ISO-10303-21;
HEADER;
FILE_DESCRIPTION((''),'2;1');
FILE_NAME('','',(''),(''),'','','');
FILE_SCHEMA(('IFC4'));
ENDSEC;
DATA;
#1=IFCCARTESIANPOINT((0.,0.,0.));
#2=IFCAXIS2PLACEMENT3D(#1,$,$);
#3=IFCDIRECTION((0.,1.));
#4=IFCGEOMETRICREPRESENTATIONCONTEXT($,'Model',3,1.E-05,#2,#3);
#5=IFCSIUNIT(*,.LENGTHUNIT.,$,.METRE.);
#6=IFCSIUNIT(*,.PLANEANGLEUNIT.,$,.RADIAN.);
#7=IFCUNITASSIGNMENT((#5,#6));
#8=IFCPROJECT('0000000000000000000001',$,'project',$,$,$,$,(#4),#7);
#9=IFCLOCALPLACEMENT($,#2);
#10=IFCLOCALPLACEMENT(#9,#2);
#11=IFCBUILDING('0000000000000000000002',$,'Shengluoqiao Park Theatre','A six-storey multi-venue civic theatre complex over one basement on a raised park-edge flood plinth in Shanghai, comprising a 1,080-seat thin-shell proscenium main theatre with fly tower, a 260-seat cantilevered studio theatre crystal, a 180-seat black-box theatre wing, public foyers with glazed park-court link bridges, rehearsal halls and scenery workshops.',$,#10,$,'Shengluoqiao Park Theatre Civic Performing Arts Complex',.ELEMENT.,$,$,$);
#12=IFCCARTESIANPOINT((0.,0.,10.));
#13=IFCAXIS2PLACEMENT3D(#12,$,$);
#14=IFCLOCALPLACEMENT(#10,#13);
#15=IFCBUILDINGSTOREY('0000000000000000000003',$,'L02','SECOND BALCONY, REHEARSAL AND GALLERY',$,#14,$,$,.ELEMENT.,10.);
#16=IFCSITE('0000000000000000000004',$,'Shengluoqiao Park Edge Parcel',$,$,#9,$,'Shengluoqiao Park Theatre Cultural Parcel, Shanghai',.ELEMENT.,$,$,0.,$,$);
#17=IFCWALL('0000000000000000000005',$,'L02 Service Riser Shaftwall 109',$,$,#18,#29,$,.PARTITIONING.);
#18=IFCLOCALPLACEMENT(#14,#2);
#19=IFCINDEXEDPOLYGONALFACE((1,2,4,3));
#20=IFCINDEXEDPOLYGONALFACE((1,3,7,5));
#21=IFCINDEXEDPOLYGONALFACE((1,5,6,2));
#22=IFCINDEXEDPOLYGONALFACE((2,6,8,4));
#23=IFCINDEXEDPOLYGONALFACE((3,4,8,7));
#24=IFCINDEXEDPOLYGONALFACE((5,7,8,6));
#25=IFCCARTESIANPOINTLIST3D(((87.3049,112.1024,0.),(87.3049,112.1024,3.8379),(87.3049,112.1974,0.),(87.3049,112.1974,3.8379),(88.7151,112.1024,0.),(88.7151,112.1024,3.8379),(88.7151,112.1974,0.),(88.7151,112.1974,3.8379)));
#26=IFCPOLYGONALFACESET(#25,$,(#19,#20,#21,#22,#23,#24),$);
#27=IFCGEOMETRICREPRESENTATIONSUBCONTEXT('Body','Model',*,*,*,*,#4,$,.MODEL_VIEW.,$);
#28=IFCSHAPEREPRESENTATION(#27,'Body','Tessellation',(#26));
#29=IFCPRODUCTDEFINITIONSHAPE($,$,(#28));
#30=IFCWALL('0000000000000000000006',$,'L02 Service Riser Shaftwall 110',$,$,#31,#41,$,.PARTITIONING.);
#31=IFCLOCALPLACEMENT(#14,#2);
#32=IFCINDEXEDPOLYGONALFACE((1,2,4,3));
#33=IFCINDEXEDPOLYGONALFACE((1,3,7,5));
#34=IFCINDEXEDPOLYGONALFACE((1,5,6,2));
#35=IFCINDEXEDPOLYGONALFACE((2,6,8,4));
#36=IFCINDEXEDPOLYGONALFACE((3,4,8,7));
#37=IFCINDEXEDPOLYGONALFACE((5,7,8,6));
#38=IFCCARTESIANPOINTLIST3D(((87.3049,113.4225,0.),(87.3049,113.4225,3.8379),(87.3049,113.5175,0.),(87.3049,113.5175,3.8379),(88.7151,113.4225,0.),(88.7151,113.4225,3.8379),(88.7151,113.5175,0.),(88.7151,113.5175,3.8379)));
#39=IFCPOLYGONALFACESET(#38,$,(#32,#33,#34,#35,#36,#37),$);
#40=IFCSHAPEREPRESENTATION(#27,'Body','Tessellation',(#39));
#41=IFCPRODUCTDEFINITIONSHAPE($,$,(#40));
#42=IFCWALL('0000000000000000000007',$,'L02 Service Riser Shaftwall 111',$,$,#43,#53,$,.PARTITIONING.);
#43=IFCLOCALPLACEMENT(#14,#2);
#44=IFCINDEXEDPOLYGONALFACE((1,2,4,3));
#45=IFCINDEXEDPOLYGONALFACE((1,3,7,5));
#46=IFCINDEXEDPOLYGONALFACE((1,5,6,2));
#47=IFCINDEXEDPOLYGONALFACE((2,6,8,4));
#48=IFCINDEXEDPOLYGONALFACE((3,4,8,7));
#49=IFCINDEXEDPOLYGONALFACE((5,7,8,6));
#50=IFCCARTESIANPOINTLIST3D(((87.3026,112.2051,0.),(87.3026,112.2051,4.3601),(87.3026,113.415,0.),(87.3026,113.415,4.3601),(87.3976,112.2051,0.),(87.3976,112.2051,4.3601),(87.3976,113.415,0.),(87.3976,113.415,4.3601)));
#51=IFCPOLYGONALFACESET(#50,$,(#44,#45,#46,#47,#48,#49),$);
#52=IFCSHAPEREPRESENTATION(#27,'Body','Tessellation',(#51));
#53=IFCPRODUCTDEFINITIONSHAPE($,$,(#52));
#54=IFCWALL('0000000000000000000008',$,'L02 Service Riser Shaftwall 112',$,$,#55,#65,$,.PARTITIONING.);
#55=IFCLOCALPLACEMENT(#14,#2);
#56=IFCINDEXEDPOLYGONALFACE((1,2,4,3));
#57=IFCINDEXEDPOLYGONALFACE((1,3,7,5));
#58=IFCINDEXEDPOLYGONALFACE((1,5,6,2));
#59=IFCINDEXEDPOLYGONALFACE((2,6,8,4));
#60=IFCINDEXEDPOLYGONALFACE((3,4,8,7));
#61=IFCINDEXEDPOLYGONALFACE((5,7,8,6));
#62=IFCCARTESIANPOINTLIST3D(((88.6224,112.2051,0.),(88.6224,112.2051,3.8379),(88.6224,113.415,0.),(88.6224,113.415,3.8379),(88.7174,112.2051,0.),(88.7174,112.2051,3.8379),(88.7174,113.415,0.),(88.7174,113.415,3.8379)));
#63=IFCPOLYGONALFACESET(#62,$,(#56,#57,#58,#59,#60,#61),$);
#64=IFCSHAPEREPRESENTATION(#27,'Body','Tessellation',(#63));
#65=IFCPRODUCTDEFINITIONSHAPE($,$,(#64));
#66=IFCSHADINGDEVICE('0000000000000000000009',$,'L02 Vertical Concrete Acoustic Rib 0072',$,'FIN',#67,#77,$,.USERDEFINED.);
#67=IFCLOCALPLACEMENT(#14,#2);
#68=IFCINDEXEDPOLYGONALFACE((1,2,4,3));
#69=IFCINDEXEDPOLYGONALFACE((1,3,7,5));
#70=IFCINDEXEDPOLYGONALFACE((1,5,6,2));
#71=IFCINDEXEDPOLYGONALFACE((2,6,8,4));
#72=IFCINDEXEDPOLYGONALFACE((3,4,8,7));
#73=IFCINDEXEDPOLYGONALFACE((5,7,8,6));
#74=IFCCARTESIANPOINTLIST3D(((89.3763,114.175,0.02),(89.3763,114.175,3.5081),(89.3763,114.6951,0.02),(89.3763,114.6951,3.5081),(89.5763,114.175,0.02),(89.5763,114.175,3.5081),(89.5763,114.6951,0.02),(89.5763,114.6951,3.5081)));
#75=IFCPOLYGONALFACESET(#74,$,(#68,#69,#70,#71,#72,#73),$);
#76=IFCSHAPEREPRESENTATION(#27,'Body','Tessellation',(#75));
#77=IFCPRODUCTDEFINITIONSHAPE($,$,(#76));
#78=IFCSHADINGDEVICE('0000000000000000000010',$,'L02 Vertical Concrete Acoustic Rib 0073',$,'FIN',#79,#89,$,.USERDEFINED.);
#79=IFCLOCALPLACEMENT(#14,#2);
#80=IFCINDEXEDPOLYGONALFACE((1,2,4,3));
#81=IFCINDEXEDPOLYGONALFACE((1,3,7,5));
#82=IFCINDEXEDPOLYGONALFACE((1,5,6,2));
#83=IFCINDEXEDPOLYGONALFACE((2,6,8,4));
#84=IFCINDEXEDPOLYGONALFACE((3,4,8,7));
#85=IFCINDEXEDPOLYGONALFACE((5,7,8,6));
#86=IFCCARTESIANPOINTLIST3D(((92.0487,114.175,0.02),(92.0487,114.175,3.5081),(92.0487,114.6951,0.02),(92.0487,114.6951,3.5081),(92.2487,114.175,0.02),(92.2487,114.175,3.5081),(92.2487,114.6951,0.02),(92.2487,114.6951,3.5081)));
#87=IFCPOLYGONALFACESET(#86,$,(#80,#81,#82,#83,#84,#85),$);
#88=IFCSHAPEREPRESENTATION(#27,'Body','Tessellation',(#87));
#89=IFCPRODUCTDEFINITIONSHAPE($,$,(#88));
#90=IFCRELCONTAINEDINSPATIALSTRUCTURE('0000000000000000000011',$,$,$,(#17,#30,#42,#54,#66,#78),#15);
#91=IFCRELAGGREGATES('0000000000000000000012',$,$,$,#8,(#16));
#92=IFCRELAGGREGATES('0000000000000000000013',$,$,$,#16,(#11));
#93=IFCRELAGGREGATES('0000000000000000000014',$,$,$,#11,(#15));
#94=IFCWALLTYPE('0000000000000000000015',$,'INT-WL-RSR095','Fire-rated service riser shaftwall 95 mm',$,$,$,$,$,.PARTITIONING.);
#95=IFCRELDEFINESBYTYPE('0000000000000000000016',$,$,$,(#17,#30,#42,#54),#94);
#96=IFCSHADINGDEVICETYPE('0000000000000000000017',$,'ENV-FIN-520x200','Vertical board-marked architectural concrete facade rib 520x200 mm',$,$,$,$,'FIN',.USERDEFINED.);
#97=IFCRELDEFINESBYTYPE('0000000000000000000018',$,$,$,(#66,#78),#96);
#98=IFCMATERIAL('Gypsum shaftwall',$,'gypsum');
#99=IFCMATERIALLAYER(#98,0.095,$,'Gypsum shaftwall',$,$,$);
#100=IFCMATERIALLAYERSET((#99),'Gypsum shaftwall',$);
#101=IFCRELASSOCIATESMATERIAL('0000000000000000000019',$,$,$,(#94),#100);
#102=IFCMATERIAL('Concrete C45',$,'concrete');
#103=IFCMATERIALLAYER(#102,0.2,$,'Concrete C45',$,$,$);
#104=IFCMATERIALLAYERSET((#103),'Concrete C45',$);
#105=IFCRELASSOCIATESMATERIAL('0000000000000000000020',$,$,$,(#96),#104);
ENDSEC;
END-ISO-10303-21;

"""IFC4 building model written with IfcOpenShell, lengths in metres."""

from ifc_helpers import new_model, si_unit, direction, frame, frame_2d, origin, origin_2d, place, context, subcontext, project, spatial, rectangle, extrude, material, layer, layer_set, type_object, element, save


model = new_model("IFC4")

# Units and contexts
model_context = context("Model", 3, precision=1e-05, world=origin(), true_north=direction((0.0, 1.0)))
body_context = subcontext(model_context, "Body", "Model", "MODEL_VIEW")
ifc_project = project(units=[si_unit("LENGTHUNIT", "METRE"), si_unit("PLANEANGLEUNIT", "RADIAN")], contexts=[model_context])

# Site, building, storey
site_placement = place(None, origin())
site = spatial("IfcSite", under=ifc_project, at=site_placement, Name="Shengluoqiao Park Edge Parcel", LongName="Shengluoqiao Park Theatre Cultural Parcel, Shanghai", CompositionType="ELEMENT", RefElevation=0.0)
building_placement = place(site_placement, origin())
building = spatial("IfcBuilding", under=site, at=building_placement, Name="Shengluoqiao Park Theatre", Description="A six-storey multi-venue civic theatre complex over one basement on a raised park-edge flood plinth in Shanghai, comprising a 1,080-seat thin-shell proscenium main theatre with fly tower, a 260-seat cantilevered studio theatre crystal, a 180-seat black-box theatre wing, public foyers with glazed park-court link bridges, rehearsal halls and scenery workshops.", LongName="Shengluoqiao Park Theatre Civic Performing Arts Complex", CompositionType="ELEMENT")
storey_placement = place(building_placement, frame((0.0, 0.0, 10.0)))
storey = spatial("IfcBuildingStorey", under=building, at=storey_placement, Name="L02", Description="SECOND BALCONY, REHEARSAL AND GALLERY", CompositionType="ELEMENT", Elevation=10.0)

# Walls
ifc_material_1 = material(Name="Concrete C45", Category="concrete")
ifc_material_2 = material(Name="Gypsum shaftwall", Category="gypsum")
ifc_layer_1 = layer(ifc_material_2, 0.095, Name="Gypsum shaftwall")
ifc_layer_set_1 = layer_set([ifc_layer_1], Name="Gypsum shaftwall")
wall_type_1 = type_object("IfcWallType", Name="INT-WL-RSR095", Description="Fire-rated service riser shaftwall 95 mm", PredefinedType="PARTITIONING", material=ifc_layer_set_1)
for number, where, z_axis, x_axis, name in (
    (1, (87.3049, 112.1499, 0.0), (0.0, 0.0, 1.0), (1.0, 0.0, 0.0), "L02 Service Riser Shaftwall 109"),
    (2, (87.3049, 113.47, 0.0), (0.0, 0.0, 1.0), (1.0, 0.0, 0.0), "L02 Service Riser Shaftwall 110"),
):
    element("IfcWall", number, at=place(storey_placement, frame(where, z_axis=z_axis, x_axis=x_axis)), inside=storey, type_object=wall_type_1, Name=name, PredefinedType="PARTITIONING", context=body_context, shape_type="SweptSolid", body=[
        extrude(rectangle(XDim=1.4102, YDim=0.095, at=frame_2d((0.7051, 0.0))), origin(), (0.0, 0.0, 1.0), 3.8379),
    ])
wall_1_placement = place(storey_placement, frame((87.3501, 112.2051, 0.0), z_axis=(0.0, 0.0, 1.0), x_axis=(0.0, 1.0, 0.0)))
element("IfcWall", 3, at=wall_1_placement, inside=storey, type_object=wall_type_1, Name="L02 Service Riser Shaftwall 111", PredefinedType="PARTITIONING", context=body_context, shape_type="SweptSolid", body=[
    extrude(rectangle(XDim=1.21, YDim=0.095, at=frame_2d((0.605, 0.0))), origin(), (0.0, 0.0, 1.0), 4.3601),
])
wall_2_placement = place(storey_placement, frame((88.6699, 112.2051, 0.0), z_axis=(0.0, 0.0, 1.0), x_axis=(0.0, 1.0, 0.0)))
element("IfcWall", 4, at=wall_2_placement, inside=storey, type_object=wall_type_1, Name="L02 Service Riser Shaftwall 112", PredefinedType="PARTITIONING", context=body_context, shape_type="SweptSolid", body=[
    extrude(rectangle(XDim=1.21, YDim=0.095, at=frame_2d((0.605, 0.0))), origin(), (0.0, 0.0, 1.0), 3.8379),
])

# Shading devices
ifc_layer_2 = layer(ifc_material_1, 0.2, Name="Concrete C45")
ifc_layer_set_2 = layer_set([ifc_layer_2], Name="Concrete C45")
shading_device_type = type_object("IfcShadingDeviceType", Name="ENV-FIN-520x200", Description="Vertical board-marked architectural concrete facade rib 520x200 mm", ElementType="FIN", PredefinedType="USERDEFINED", material=ifc_layer_set_2)
for number, where, z_axis, x_axis, name in (
    (5, (89.4763, 114.4351, 0.02), (0.0, 0.0, 1.0), (0.0, 1.0, 0.0), "L02 Vertical Concrete Acoustic Rib 0072"),
    (6, (92.1487, 114.4351, 0.02), (0.0, 0.0, 1.0), (0.0, 1.0, 0.0), "L02 Vertical Concrete Acoustic Rib 0073"),
):
    element("IfcShadingDevice", number, at=place(storey_placement, frame(where, z_axis=z_axis, x_axis=x_axis)), inside=storey, type_object=shading_device_type, Name=name, ObjectType="FIN", PredefinedType="USERDEFINED", context=body_context, shape_type="SweptSolid", body=[
        extrude(rectangle(XDim=0.52, YDim=0.2, at=origin_2d()), origin(), (0.0, 0.0, 1.0), 3.488),
    ])

save(model, "model.ifc")
